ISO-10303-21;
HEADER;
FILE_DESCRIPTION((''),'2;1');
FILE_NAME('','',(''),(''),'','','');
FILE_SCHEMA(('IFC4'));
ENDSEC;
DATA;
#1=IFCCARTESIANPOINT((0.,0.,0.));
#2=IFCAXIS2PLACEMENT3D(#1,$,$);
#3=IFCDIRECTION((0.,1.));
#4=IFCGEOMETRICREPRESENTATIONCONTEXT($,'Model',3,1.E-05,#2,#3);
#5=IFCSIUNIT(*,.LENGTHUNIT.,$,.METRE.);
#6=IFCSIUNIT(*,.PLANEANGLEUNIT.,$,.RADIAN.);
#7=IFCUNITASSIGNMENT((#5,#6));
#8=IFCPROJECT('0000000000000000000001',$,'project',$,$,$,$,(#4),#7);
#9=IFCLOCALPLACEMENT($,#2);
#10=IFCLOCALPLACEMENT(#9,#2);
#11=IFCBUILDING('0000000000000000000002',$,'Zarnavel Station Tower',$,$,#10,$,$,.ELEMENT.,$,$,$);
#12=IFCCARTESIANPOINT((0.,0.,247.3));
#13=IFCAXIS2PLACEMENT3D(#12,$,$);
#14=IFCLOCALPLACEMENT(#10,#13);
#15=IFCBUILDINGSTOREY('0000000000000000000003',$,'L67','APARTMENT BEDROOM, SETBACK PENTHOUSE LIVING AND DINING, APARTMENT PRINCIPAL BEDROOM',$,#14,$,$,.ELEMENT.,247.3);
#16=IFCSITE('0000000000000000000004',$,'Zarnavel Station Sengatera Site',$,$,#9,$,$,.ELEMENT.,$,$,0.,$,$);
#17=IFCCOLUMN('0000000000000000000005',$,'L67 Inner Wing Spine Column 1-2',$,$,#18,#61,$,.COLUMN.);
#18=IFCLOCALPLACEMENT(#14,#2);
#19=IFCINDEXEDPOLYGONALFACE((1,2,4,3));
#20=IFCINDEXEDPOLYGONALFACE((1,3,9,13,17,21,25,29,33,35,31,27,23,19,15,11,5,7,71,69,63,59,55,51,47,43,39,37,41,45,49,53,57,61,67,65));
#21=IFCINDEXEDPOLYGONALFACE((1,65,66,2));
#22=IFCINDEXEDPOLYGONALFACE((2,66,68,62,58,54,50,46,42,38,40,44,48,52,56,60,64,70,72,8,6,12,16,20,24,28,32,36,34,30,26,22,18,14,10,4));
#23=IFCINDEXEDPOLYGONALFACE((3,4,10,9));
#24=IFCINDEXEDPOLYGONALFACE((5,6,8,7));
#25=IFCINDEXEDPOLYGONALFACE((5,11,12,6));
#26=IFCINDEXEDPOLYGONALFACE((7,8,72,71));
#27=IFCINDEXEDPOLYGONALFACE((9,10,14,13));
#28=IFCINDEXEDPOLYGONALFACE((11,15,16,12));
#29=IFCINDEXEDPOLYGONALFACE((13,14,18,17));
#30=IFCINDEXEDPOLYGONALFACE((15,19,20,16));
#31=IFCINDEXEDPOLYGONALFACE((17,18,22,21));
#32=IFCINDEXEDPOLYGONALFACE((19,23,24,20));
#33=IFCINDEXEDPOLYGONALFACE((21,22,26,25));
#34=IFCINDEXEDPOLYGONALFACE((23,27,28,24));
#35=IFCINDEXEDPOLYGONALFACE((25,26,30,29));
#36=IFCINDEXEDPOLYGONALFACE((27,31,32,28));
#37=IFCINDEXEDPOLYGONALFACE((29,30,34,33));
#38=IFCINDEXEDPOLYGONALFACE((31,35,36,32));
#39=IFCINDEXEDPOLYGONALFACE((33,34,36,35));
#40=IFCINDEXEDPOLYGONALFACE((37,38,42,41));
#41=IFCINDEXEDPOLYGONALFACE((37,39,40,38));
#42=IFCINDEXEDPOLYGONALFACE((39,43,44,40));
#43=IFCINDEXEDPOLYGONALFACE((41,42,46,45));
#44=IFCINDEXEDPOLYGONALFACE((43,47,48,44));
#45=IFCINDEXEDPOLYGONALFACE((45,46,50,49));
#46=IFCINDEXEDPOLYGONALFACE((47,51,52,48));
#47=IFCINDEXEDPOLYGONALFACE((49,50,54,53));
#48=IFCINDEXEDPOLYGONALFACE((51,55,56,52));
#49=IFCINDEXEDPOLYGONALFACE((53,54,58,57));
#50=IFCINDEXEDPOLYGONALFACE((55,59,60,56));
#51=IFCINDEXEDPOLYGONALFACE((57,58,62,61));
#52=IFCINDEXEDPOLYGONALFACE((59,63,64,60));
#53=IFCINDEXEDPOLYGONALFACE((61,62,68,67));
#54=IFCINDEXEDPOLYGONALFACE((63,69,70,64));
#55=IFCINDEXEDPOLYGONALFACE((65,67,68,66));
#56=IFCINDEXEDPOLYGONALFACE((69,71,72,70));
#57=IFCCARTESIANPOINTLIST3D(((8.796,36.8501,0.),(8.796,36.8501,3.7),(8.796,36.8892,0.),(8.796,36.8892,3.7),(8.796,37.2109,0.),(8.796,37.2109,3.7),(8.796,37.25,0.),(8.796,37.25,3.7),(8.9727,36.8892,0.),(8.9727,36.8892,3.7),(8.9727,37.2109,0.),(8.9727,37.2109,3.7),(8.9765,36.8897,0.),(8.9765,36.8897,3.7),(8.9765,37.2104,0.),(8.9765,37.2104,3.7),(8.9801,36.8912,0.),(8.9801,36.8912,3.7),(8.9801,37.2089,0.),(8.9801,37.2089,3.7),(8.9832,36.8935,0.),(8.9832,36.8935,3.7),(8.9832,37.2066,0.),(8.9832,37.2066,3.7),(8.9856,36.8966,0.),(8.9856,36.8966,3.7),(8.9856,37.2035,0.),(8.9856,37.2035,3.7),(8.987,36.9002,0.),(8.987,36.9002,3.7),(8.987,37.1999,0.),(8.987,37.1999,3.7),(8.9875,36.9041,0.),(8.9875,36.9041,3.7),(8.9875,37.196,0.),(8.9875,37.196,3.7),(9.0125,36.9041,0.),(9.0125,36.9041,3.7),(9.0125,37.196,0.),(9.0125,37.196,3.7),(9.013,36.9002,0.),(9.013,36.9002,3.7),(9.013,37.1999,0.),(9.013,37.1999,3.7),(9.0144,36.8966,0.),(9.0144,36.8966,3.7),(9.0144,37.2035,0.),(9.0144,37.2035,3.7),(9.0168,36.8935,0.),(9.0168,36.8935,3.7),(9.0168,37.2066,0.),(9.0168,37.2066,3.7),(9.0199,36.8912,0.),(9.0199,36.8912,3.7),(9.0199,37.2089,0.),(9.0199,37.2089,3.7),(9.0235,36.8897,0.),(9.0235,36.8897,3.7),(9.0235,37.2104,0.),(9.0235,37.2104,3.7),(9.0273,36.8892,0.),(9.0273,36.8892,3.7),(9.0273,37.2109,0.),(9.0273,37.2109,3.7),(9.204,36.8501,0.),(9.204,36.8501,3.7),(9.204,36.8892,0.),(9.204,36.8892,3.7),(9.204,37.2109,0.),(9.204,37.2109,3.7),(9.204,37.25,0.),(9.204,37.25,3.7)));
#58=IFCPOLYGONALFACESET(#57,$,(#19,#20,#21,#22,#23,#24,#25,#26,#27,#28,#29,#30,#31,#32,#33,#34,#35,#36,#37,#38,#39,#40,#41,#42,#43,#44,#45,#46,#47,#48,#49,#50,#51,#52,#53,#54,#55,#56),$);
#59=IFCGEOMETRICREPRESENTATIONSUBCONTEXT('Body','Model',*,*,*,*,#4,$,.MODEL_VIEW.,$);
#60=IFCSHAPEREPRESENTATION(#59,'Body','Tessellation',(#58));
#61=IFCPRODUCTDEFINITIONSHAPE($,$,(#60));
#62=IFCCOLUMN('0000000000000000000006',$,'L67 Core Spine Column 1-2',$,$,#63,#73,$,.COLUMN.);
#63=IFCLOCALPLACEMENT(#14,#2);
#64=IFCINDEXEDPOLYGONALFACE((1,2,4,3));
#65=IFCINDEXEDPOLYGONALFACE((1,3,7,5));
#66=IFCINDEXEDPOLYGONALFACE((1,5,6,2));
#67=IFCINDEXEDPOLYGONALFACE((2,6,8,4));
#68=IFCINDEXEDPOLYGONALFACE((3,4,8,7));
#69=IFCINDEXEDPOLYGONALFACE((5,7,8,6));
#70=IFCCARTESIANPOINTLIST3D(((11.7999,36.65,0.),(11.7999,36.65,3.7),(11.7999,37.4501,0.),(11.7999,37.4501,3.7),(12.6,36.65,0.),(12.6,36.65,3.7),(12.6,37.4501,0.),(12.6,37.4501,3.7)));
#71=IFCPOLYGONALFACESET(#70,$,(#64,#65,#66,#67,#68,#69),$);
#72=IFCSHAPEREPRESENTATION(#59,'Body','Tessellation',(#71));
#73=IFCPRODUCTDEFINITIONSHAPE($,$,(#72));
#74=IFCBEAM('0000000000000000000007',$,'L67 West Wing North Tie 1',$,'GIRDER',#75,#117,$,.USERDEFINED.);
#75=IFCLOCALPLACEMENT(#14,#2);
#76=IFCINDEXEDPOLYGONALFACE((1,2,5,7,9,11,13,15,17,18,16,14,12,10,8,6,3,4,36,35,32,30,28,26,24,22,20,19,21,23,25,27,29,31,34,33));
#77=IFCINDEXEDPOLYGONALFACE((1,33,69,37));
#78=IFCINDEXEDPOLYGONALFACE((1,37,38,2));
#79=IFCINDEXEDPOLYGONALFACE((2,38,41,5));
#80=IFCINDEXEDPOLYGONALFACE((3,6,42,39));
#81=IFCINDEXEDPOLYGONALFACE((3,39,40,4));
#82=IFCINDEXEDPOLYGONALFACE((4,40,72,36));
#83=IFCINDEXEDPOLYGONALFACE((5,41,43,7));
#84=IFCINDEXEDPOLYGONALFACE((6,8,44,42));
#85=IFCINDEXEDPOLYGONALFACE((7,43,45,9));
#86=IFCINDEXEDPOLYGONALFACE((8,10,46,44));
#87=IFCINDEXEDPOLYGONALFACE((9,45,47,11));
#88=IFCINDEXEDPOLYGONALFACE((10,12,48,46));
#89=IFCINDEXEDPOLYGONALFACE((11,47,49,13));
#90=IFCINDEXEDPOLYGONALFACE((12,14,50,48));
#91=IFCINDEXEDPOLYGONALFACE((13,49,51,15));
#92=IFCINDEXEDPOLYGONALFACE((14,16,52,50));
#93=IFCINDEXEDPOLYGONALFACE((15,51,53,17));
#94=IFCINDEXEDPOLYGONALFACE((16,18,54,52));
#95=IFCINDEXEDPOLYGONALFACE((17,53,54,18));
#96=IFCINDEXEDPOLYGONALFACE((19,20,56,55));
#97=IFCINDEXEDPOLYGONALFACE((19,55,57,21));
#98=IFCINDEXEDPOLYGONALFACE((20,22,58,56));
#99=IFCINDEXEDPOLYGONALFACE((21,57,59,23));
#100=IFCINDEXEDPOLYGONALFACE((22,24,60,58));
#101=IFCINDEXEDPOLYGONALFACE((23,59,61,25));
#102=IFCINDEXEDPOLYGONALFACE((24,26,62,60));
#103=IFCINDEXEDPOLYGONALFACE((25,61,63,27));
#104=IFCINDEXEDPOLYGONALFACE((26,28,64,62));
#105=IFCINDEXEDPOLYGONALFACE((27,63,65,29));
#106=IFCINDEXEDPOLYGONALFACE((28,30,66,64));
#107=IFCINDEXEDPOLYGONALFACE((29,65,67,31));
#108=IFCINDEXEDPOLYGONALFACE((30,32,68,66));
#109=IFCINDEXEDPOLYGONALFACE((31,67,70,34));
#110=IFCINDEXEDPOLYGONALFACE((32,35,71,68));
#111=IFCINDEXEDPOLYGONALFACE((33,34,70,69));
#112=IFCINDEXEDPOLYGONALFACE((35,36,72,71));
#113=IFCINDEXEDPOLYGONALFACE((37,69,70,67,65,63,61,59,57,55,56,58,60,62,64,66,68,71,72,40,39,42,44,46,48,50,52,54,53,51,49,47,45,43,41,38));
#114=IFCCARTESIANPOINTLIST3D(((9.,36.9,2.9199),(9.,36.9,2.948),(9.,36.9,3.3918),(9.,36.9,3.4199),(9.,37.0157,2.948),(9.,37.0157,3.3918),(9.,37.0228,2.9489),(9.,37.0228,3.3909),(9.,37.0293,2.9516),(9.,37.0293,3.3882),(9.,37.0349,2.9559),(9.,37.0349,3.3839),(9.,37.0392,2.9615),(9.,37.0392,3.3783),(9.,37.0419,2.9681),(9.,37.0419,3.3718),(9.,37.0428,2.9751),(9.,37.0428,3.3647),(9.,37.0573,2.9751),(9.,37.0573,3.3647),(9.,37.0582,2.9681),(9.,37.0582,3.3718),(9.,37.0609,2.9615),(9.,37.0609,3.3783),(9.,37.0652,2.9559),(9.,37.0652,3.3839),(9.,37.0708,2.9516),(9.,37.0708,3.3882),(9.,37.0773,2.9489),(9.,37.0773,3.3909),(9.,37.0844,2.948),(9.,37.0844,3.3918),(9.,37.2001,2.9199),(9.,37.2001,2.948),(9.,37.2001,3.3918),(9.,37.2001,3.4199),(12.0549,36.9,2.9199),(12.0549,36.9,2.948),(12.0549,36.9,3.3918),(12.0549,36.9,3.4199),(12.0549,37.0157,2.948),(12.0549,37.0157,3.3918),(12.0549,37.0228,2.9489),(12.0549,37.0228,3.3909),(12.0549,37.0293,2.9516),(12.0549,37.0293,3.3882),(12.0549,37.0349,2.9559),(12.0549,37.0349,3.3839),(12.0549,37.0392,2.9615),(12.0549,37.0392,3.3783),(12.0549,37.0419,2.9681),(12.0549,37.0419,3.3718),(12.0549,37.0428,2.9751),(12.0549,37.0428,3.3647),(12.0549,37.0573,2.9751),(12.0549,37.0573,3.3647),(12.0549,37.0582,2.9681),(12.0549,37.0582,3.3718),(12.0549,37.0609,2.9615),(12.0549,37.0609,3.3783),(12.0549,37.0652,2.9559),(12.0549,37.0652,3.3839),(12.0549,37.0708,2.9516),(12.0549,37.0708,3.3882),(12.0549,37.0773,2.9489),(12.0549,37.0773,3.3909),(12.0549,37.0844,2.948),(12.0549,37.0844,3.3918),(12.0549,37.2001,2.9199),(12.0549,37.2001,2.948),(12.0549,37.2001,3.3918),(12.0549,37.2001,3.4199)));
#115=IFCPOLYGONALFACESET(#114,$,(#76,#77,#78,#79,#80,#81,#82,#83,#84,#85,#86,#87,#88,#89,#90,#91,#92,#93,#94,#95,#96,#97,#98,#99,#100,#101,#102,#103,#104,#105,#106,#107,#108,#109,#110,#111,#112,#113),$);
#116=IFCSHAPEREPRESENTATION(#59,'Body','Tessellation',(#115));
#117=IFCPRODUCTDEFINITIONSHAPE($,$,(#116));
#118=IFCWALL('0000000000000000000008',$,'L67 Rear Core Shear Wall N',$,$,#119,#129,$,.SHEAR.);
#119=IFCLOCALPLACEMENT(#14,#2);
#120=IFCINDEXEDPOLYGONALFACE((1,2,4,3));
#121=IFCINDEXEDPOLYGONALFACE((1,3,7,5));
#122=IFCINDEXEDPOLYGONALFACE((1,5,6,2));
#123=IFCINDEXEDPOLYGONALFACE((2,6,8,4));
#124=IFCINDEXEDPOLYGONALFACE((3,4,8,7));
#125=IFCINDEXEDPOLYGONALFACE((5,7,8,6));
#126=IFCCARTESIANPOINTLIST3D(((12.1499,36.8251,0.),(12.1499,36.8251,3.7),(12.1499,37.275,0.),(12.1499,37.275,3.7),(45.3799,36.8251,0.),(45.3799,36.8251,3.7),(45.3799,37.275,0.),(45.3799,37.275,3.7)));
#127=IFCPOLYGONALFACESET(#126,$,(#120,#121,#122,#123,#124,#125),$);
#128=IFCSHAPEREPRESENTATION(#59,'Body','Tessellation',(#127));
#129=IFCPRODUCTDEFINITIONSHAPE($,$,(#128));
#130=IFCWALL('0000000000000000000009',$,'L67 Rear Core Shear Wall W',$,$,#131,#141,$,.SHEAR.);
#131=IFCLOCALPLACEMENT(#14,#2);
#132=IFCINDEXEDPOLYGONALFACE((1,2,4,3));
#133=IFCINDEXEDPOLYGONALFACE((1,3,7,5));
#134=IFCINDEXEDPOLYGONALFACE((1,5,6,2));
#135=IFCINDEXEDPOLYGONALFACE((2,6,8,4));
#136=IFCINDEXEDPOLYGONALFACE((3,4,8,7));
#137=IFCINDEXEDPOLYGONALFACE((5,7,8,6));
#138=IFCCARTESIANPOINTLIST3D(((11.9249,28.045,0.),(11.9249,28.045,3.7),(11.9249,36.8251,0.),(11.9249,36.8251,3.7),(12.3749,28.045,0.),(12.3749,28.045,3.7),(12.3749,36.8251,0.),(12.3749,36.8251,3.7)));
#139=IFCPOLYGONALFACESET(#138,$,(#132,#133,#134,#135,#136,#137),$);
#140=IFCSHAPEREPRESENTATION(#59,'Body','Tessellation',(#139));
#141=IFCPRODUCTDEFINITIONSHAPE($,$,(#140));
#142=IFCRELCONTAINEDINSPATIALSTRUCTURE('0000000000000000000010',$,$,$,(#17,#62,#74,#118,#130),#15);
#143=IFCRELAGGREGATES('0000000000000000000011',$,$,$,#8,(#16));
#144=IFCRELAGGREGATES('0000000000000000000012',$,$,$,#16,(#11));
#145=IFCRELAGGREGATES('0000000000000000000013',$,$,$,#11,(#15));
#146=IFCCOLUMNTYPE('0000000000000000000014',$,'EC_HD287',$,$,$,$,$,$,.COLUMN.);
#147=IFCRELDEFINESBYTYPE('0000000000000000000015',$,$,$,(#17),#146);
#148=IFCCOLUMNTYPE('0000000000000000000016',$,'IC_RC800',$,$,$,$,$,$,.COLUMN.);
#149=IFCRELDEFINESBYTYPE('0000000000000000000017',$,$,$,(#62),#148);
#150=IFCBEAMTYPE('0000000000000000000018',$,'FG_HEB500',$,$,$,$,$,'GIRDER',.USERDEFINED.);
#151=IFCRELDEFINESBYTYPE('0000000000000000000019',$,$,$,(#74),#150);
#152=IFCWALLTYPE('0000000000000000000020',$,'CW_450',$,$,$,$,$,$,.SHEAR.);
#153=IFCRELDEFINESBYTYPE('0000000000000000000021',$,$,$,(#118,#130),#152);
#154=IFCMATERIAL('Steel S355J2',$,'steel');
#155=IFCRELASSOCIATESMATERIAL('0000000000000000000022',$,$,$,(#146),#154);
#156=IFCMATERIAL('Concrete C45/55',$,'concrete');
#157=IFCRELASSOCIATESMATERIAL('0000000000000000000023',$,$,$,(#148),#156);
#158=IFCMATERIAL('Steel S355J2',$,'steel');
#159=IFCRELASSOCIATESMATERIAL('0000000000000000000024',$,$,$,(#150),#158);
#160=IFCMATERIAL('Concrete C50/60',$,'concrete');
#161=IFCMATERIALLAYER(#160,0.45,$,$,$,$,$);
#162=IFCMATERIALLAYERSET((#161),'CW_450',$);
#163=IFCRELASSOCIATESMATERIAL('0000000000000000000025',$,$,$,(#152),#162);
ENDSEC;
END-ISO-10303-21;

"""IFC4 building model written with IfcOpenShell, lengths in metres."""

from ifc_helpers import new_model, si_unit, direction, frame, frame_2d, origin, origin_2d, place, context, subcontext, project, spatial, rectangle, i_section, extrude, material, layer, layer_set, material_profile, profile_set, type_object, element, save


model = new_model("IFC4")

# Units and contexts
model_context = context("Model", 3, precision=1e-05, world=origin(), true_north=direction((0.0, 1.0)))
body_context = subcontext(model_context, "Body", "Model", "MODEL_VIEW")
ifc_project = project(units=[si_unit("LENGTHUNIT", "METRE"), si_unit("PLANEANGLEUNIT", "RADIAN")], contexts=[model_context])

# Site, building, storey
site_placement = place(None, origin())
site = spatial("IfcSite", under=ifc_project, at=site_placement, Name="Zarnavel Station Sengatera Site", CompositionType="ELEMENT", RefElevation=0.0)
building_placement = place(site_placement, origin())
building = spatial("IfcBuilding", under=site, at=building_placement, Name="Zarnavel Station Tower", CompositionType="ELEMENT")
storey_placement = place(building_placement, frame((0.0, 0.0, 247.3)))
storey = spatial("IfcBuildingStorey", under=building, at=storey_placement, Name="L67", Description="APARTMENT BEDROOM, SETBACK PENTHOUSE LIVING AND DINING, APARTMENT PRINCIPAL BEDROOM", CompositionType="ELEMENT", Elevation=247.3)

# Columns
ifc_material_1 = material(Name="Steel S355J2", Category="steel")
ifc_material_profile_1 = material_profile(ifc_material_1, i_section(OverallWidth=0.408, OverallDepth=0.3999, WebThickness=0.0249, FlangeThickness=0.0391, FilletRadius=0.0149, at=origin_2d()), Name="HD400x287")
ifc_profile_set_1 = profile_set([ifc_material_profile_1], Name="Steel S355J2")
column_type_1 = type_object("IfcColumnType", Name="EC_HD287", PredefinedType="COLUMN", material=ifc_profile_set_1)
column_1_placement = place(storey_placement, frame((9.0, 37.05, 0.0), z_axis=(0.0, 0.0, 1.0), x_axis=(1.0, 0.0, 0.0)))
element("IfcColumn", 1, at=column_1_placement, inside=storey, type_object=column_type_1, Name="L67 Inner Wing Spine Column 1-2", PredefinedType="COLUMN", context=body_context, shape_type="SweptSolid", body=[
    extrude(i_section(OverallWidth=0.408, OverallDepth=0.3999, WebThickness=0.0249, FlangeThickness=0.0391, FilletRadius=0.0149, at=origin_2d()), origin(), (0.0, 0.0, 1.0), 3.7),
])
ifc_material_2 = material(Name="Concrete C45/55", Category="concrete")
ifc_material_profile_2 = material_profile(ifc_material_2, rectangle(XDim=0.8, YDim=0.8, at=origin_2d()), Name="RC800x800")
ifc_profile_set_2 = profile_set([ifc_material_profile_2], Name="Concrete C45/55")
column_type_2 = type_object("IfcColumnType", Name="IC_RC800", PredefinedType="COLUMN", material=ifc_profile_set_2)
column_2_placement = place(storey_placement, frame((12.2, 37.05, 0.0), z_axis=(0.0, 0.0, 1.0), x_axis=(1.0, 0.0, 0.0)))
element("IfcColumn", 2, at=column_2_placement, inside=storey, type_object=column_type_2, Name="L67 Core Spine Column 1-2", PredefinedType="COLUMN", context=body_context, shape_type="SweptSolid", body=[
    extrude(rectangle(XDim=0.8, YDim=0.8, at=origin_2d()), origin(), (0.0, 0.0, 1.0), 3.7),
])

# Beam
ifc_material_3 = material(Name="Steel S355J2", Category="steel")
ifc_material_profile_3 = material_profile(ifc_material_3, i_section(OverallWidth=0.3, OverallDepth=0.5, WebThickness=0.0144, FlangeThickness=0.0281, FilletRadius=0.0271, at=origin_2d()), Name="HEB500")
ifc_profile_set_3 = profile_set([ifc_material_profile_3], Name="Steel S355J2")
beam_type = type_object("IfcBeamType", Name="FG_HEB500", ElementType="GIRDER", PredefinedType="USERDEFINED", material=ifc_profile_set_3)
beam_placement = place(storey_placement, frame((9.0, 37.05, 3.1699), z_axis=(1.0, 0.0, 0.0), x_axis=(0.0, 1.0, 0.0)))
element("IfcBeam", 3, at=beam_placement, inside=storey, type_object=beam_type, Name="L67 West Wing North Tie 1", ObjectType="GIRDER", PredefinedType="USERDEFINED", context=body_context, shape_type="SweptSolid", body=[
    extrude(i_section(OverallWidth=0.3, OverallDepth=0.5, WebThickness=0.0144, FlangeThickness=0.0281, FilletRadius=0.0271, at=origin_2d()), origin(), (0.0, 0.0, 1.0), 3.0549),
])

# Walls
ifc_material_4 = material(Name="Concrete C50/60", Category="concrete")
ifc_layer_1 = layer(ifc_material_4, 0.45)
ifc_layer_set_1 = layer_set([ifc_layer_1], Name="CW_450")
wall_type_1 = type_object("IfcWallType", Name="CW_450", PredefinedType="SHEAR", material=ifc_layer_set_1)
wall_1_placement = place(storey_placement, frame((12.1499, 37.05, 0.0), z_axis=(0.0, 0.0, 1.0), x_axis=(1.0, 0.0, 0.0)))
element("IfcWall", 4, at=wall_1_placement, inside=storey, type_object=wall_type_1, Name="L67 Rear Core Shear Wall N", PredefinedType="SHEAR", context=body_context, shape_type="SweptSolid", body=[
    extrude(rectangle(XDim=33.23, YDim=0.45, at=frame_2d((16.615, 0.0))), origin(), (0.0, 0.0, 1.0), 3.7),
])
wall_2_placement = place(storey_placement, frame((12.1499, 28.0449, 0.0), z_axis=(0.0, 0.0, 1.0), x_axis=(0.0, 1.0, 0.0)))
element("IfcWall", 5, at=wall_2_placement, inside=storey, type_object=wall_type_1, Name="L67 Rear Core Shear Wall W", PredefinedType="SHEAR", context=body_context, shape_type="SweptSolid", body=[
    extrude(rectangle(XDim=8.78, YDim=0.45, at=frame_2d((4.3901, 0.0))), origin(), (0.0, 0.0, 1.0), 3.7),
])

save(model, "model.ifc")
